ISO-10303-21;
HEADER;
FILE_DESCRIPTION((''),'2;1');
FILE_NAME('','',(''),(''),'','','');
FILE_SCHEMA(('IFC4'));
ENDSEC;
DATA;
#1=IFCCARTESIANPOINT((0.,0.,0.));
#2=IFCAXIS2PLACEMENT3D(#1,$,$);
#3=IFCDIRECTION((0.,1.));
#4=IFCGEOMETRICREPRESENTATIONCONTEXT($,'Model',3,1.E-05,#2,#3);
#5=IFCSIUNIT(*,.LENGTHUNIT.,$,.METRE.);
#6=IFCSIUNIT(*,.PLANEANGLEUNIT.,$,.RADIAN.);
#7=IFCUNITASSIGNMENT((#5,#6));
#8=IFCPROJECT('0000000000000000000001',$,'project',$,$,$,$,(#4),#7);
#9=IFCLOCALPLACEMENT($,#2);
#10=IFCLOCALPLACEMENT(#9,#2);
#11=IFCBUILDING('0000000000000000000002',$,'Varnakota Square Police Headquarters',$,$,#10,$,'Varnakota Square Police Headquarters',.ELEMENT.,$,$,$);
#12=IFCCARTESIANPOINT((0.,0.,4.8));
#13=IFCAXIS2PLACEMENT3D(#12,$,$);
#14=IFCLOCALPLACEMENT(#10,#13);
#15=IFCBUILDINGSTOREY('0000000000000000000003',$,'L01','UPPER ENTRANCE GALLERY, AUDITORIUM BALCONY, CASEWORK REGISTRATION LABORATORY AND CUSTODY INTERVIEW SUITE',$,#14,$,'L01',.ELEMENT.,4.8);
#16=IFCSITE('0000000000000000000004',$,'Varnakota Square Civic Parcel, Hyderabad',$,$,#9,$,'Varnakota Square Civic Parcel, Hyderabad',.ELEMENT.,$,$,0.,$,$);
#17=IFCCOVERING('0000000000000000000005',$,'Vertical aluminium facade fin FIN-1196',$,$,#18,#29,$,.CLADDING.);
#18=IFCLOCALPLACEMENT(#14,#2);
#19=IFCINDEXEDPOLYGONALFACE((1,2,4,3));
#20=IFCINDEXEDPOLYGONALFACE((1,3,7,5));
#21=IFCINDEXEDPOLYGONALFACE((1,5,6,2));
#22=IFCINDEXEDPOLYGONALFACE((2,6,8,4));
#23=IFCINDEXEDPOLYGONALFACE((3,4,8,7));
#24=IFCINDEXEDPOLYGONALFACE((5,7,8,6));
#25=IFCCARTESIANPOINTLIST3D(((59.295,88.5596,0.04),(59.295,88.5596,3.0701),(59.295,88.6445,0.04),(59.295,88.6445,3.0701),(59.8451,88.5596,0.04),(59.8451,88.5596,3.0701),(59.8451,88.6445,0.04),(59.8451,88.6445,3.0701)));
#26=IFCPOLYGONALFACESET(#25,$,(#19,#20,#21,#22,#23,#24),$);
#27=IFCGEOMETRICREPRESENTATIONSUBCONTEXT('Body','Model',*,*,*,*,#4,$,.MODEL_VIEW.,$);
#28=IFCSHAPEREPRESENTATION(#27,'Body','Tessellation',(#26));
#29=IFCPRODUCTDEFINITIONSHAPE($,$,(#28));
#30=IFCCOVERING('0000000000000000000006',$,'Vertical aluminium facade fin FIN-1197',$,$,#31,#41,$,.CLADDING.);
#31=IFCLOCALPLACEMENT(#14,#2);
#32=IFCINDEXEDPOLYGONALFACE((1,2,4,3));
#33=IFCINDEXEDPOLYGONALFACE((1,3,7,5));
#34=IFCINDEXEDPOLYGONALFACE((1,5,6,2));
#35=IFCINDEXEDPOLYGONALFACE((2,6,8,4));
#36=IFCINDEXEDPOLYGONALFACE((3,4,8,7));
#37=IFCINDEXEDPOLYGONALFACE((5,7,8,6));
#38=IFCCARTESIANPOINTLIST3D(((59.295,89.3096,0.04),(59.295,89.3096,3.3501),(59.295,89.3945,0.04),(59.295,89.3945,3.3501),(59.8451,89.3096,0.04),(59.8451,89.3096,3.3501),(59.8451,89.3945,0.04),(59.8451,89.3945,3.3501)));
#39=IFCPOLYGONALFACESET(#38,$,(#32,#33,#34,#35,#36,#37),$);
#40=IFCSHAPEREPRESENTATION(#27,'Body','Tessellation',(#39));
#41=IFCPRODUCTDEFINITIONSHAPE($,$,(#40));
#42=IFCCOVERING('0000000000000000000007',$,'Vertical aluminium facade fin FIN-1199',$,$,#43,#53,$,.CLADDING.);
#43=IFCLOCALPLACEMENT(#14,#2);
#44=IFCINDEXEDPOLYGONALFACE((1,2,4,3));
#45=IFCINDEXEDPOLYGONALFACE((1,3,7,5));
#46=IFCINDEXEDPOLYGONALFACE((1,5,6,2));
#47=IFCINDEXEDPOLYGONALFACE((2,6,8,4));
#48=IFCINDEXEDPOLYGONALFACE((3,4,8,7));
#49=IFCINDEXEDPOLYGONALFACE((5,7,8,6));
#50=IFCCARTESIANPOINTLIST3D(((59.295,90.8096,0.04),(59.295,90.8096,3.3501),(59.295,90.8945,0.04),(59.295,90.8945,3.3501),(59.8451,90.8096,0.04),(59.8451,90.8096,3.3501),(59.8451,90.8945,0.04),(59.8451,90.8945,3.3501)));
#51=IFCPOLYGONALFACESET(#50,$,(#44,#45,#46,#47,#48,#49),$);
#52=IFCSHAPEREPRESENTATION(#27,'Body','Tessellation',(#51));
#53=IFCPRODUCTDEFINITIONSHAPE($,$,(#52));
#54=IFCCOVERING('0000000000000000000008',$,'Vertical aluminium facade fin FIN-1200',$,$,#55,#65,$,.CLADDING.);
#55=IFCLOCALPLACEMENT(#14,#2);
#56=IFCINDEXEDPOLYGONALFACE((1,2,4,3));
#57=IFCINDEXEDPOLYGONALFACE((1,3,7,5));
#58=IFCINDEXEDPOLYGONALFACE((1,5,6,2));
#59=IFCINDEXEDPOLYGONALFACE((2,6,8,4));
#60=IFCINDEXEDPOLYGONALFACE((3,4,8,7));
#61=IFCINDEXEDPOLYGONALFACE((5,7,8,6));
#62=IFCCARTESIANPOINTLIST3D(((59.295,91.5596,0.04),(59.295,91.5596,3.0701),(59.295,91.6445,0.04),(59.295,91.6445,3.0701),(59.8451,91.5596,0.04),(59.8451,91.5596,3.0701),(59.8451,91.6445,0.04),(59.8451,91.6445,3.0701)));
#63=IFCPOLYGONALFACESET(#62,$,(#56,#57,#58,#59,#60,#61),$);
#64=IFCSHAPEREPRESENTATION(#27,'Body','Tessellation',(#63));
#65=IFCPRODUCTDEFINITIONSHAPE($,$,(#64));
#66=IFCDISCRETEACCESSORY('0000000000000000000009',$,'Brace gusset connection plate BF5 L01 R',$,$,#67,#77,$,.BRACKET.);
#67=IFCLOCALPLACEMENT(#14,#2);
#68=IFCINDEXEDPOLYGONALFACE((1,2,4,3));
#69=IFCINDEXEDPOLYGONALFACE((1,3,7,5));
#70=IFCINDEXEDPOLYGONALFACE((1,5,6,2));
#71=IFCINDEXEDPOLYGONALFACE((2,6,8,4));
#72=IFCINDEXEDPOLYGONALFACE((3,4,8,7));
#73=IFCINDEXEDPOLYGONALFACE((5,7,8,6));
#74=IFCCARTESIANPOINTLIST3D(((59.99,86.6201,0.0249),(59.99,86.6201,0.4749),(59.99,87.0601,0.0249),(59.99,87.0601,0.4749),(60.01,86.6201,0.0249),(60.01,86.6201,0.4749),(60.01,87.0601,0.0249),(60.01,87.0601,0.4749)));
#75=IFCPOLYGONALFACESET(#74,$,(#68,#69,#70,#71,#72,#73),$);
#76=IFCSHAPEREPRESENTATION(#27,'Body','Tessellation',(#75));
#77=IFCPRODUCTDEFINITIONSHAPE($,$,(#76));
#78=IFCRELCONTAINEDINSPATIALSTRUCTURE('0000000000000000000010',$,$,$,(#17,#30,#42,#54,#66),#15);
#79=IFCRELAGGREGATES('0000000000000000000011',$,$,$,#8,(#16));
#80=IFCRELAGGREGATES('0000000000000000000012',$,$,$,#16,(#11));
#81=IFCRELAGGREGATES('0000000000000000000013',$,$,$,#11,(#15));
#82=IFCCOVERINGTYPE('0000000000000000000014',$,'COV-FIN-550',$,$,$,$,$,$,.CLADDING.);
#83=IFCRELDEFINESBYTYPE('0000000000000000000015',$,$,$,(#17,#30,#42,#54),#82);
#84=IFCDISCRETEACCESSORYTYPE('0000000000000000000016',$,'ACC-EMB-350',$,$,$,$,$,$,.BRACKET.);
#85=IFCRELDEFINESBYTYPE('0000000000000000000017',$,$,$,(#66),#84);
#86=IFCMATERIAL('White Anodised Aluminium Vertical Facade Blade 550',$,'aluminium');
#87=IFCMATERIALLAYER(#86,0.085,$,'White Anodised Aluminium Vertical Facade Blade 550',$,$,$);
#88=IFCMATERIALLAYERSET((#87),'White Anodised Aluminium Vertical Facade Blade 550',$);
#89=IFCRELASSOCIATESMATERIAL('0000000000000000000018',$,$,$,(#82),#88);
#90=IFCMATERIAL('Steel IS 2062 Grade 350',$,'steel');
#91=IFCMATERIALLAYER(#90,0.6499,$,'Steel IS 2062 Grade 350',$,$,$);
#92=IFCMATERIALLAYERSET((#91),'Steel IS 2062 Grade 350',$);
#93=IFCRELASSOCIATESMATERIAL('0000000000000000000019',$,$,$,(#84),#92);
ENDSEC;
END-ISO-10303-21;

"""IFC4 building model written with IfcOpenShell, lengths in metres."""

from ifc_helpers import new_model, si_unit, direction, frame, origin, origin_2d, place, context, subcontext, project, spatial, rectangle, extrude, material, layer, layer_set, type_object, element, save


model = new_model("IFC4")

# Units and contexts
model_context = context("Model", 3, precision=1e-05, world=origin(), true_north=direction((0.0, 1.0)))
body_context = subcontext(model_context, "Body", "Model", "MODEL_VIEW")
ifc_project = project(units=[si_unit("LENGTHUNIT", "METRE"), si_unit("PLANEANGLEUNIT", "RADIAN")], contexts=[model_context])

# Site, building, storey
site_placement = place(None, origin())
site = spatial("IfcSite", under=ifc_project, at=site_placement, Name="Varnakota Square Civic Parcel, Hyderabad", LongName="Varnakota Square Civic Parcel, Hyderabad", CompositionType="ELEMENT", RefElevation=0.0)
building_placement = place(site_placement, origin())
building = spatial("IfcBuilding", under=site, at=building_placement, Name="Varnakota Square Police Headquarters", LongName="Varnakota Square Police Headquarters", CompositionType="ELEMENT")
storey_placement = place(building_placement, frame((0.0, 0.0, 4.8)))
storey = spatial("IfcBuildingStorey", under=building, at=storey_placement, Name="L01", Description="UPPER ENTRANCE GALLERY, AUDITORIUM BALCONY, CASEWORK REGISTRATION LABORATORY AND CUSTODY INTERVIEW SUITE", LongName="L01", CompositionType="ELEMENT", Elevation=4.8)

# Shared definitions
ifc_material_1 = material(Name="Steel IS 2062 Grade 350", Category="steel")

# Coverings
ifc_material_2 = material(Name="White Anodised Aluminium Vertical Facade Blade 550", Category="aluminium")
ifc_layer_1 = layer(ifc_material_2, 0.085, Name="White Anodised Aluminium Vertical Facade Blade 550")
ifc_layer_set_1 = layer_set([ifc_layer_1], Name="White Anodised Aluminium Vertical Facade Blade 550")
covering_type_1 = type_object("IfcCoveringType", Name="COV-FIN-550", PredefinedType="CLADDING", material=ifc_layer_set_1)
for number, where, z_axis, x_axis, name in (
    (1, (59.5701, 88.6021, 0.04), (0.0, 0.0, 1.0), (0.0, 1.0, 0.0), "Vertical aluminium facade fin FIN-1196"),
):
    element("IfcCovering", number, at=place(storey_placement, frame(where, z_axis=z_axis, x_axis=x_axis)), inside=storey, type_object=covering_type_1, Name=name, PredefinedType="CLADDING", context=body_context, shape_type="SweptSolid", body=[
        extrude(rectangle(XDim=0.085, YDim=0.55, at=origin_2d()), origin(), (0.0, 0.0, 1.0), 3.03),
    ])
for number, where, z_axis, x_axis, name in (
    (2, (59.5701, 89.3521, 0.04), (0.0, 0.0, 1.0), (0.0, 1.0, 0.0), "Vertical aluminium facade fin FIN-1197"),
    (3, (59.5701, 90.8521, 0.04), (0.0, 0.0, 1.0), (0.0, 1.0, 0.0), "Vertical aluminium facade fin FIN-1199"),
):
    element("IfcCovering", number, at=place(storey_placement, frame(where, z_axis=z_axis, x_axis=x_axis)), inside=storey, type_object=covering_type_1, Name=name, PredefinedType="CLADDING", context=body_context, shape_type="SweptSolid", body=[
        extrude(rectangle(XDim=0.085, YDim=0.55, at=origin_2d()), origin(), (0.0, 0.0, 1.0), 3.3101),
    ])
covering_1_placement = place(storey_placement, frame((59.5701, 91.6021, 0.04), z_axis=(0.0, 0.0, 1.0), x_axis=(0.0, 1.0, 0.0)))
element("IfcCovering", 4, at=covering_1_placement, inside=storey, type_object=covering_type_1, Name="Vertical aluminium facade fin FIN-1200", PredefinedType="CLADDING", context=body_context, shape_type="SweptSolid", body=[
    extrude(rectangle(XDim=0.085, YDim=0.55, at=origin_2d()), origin(), (0.0, 0.0, 1.0), 3.03),
])

# Discrete accessory
ifc_layer_2 = layer(ifc_material_1, 0.6499, Name="Steel IS 2062 Grade 350")
ifc_layer_set_2 = layer_set([ifc_layer_2], Name="Steel IS 2062 Grade 350")
discrete_accessory_type = type_object("IfcDiscreteAccessoryType", Name="ACC-EMB-350", PredefinedType="BRACKET", material=ifc_layer_set_2)
discrete_accessory_placement = place(storey_placement, frame((60.0, 86.8401, 0.0249), z_axis=(0.0, 0.0, 1.0), x_axis=(0.0, 1.0, 0.0)))
element("IfcDiscreteAccessory", 5, at=discrete_accessory_placement, inside=storey, type_object=discrete_accessory_type, Name="Brace gusset connection plate BF5 L01 R", PredefinedType="BRACKET", context=body_context, shape_type="SweptSolid", body=[
    extrude(rectangle(XDim=0.4399, YDim=0.02, at=origin_2d()), origin(), (0.0, 0.0, 1.0), 0.45),
])

save(model, "model.ifc")
